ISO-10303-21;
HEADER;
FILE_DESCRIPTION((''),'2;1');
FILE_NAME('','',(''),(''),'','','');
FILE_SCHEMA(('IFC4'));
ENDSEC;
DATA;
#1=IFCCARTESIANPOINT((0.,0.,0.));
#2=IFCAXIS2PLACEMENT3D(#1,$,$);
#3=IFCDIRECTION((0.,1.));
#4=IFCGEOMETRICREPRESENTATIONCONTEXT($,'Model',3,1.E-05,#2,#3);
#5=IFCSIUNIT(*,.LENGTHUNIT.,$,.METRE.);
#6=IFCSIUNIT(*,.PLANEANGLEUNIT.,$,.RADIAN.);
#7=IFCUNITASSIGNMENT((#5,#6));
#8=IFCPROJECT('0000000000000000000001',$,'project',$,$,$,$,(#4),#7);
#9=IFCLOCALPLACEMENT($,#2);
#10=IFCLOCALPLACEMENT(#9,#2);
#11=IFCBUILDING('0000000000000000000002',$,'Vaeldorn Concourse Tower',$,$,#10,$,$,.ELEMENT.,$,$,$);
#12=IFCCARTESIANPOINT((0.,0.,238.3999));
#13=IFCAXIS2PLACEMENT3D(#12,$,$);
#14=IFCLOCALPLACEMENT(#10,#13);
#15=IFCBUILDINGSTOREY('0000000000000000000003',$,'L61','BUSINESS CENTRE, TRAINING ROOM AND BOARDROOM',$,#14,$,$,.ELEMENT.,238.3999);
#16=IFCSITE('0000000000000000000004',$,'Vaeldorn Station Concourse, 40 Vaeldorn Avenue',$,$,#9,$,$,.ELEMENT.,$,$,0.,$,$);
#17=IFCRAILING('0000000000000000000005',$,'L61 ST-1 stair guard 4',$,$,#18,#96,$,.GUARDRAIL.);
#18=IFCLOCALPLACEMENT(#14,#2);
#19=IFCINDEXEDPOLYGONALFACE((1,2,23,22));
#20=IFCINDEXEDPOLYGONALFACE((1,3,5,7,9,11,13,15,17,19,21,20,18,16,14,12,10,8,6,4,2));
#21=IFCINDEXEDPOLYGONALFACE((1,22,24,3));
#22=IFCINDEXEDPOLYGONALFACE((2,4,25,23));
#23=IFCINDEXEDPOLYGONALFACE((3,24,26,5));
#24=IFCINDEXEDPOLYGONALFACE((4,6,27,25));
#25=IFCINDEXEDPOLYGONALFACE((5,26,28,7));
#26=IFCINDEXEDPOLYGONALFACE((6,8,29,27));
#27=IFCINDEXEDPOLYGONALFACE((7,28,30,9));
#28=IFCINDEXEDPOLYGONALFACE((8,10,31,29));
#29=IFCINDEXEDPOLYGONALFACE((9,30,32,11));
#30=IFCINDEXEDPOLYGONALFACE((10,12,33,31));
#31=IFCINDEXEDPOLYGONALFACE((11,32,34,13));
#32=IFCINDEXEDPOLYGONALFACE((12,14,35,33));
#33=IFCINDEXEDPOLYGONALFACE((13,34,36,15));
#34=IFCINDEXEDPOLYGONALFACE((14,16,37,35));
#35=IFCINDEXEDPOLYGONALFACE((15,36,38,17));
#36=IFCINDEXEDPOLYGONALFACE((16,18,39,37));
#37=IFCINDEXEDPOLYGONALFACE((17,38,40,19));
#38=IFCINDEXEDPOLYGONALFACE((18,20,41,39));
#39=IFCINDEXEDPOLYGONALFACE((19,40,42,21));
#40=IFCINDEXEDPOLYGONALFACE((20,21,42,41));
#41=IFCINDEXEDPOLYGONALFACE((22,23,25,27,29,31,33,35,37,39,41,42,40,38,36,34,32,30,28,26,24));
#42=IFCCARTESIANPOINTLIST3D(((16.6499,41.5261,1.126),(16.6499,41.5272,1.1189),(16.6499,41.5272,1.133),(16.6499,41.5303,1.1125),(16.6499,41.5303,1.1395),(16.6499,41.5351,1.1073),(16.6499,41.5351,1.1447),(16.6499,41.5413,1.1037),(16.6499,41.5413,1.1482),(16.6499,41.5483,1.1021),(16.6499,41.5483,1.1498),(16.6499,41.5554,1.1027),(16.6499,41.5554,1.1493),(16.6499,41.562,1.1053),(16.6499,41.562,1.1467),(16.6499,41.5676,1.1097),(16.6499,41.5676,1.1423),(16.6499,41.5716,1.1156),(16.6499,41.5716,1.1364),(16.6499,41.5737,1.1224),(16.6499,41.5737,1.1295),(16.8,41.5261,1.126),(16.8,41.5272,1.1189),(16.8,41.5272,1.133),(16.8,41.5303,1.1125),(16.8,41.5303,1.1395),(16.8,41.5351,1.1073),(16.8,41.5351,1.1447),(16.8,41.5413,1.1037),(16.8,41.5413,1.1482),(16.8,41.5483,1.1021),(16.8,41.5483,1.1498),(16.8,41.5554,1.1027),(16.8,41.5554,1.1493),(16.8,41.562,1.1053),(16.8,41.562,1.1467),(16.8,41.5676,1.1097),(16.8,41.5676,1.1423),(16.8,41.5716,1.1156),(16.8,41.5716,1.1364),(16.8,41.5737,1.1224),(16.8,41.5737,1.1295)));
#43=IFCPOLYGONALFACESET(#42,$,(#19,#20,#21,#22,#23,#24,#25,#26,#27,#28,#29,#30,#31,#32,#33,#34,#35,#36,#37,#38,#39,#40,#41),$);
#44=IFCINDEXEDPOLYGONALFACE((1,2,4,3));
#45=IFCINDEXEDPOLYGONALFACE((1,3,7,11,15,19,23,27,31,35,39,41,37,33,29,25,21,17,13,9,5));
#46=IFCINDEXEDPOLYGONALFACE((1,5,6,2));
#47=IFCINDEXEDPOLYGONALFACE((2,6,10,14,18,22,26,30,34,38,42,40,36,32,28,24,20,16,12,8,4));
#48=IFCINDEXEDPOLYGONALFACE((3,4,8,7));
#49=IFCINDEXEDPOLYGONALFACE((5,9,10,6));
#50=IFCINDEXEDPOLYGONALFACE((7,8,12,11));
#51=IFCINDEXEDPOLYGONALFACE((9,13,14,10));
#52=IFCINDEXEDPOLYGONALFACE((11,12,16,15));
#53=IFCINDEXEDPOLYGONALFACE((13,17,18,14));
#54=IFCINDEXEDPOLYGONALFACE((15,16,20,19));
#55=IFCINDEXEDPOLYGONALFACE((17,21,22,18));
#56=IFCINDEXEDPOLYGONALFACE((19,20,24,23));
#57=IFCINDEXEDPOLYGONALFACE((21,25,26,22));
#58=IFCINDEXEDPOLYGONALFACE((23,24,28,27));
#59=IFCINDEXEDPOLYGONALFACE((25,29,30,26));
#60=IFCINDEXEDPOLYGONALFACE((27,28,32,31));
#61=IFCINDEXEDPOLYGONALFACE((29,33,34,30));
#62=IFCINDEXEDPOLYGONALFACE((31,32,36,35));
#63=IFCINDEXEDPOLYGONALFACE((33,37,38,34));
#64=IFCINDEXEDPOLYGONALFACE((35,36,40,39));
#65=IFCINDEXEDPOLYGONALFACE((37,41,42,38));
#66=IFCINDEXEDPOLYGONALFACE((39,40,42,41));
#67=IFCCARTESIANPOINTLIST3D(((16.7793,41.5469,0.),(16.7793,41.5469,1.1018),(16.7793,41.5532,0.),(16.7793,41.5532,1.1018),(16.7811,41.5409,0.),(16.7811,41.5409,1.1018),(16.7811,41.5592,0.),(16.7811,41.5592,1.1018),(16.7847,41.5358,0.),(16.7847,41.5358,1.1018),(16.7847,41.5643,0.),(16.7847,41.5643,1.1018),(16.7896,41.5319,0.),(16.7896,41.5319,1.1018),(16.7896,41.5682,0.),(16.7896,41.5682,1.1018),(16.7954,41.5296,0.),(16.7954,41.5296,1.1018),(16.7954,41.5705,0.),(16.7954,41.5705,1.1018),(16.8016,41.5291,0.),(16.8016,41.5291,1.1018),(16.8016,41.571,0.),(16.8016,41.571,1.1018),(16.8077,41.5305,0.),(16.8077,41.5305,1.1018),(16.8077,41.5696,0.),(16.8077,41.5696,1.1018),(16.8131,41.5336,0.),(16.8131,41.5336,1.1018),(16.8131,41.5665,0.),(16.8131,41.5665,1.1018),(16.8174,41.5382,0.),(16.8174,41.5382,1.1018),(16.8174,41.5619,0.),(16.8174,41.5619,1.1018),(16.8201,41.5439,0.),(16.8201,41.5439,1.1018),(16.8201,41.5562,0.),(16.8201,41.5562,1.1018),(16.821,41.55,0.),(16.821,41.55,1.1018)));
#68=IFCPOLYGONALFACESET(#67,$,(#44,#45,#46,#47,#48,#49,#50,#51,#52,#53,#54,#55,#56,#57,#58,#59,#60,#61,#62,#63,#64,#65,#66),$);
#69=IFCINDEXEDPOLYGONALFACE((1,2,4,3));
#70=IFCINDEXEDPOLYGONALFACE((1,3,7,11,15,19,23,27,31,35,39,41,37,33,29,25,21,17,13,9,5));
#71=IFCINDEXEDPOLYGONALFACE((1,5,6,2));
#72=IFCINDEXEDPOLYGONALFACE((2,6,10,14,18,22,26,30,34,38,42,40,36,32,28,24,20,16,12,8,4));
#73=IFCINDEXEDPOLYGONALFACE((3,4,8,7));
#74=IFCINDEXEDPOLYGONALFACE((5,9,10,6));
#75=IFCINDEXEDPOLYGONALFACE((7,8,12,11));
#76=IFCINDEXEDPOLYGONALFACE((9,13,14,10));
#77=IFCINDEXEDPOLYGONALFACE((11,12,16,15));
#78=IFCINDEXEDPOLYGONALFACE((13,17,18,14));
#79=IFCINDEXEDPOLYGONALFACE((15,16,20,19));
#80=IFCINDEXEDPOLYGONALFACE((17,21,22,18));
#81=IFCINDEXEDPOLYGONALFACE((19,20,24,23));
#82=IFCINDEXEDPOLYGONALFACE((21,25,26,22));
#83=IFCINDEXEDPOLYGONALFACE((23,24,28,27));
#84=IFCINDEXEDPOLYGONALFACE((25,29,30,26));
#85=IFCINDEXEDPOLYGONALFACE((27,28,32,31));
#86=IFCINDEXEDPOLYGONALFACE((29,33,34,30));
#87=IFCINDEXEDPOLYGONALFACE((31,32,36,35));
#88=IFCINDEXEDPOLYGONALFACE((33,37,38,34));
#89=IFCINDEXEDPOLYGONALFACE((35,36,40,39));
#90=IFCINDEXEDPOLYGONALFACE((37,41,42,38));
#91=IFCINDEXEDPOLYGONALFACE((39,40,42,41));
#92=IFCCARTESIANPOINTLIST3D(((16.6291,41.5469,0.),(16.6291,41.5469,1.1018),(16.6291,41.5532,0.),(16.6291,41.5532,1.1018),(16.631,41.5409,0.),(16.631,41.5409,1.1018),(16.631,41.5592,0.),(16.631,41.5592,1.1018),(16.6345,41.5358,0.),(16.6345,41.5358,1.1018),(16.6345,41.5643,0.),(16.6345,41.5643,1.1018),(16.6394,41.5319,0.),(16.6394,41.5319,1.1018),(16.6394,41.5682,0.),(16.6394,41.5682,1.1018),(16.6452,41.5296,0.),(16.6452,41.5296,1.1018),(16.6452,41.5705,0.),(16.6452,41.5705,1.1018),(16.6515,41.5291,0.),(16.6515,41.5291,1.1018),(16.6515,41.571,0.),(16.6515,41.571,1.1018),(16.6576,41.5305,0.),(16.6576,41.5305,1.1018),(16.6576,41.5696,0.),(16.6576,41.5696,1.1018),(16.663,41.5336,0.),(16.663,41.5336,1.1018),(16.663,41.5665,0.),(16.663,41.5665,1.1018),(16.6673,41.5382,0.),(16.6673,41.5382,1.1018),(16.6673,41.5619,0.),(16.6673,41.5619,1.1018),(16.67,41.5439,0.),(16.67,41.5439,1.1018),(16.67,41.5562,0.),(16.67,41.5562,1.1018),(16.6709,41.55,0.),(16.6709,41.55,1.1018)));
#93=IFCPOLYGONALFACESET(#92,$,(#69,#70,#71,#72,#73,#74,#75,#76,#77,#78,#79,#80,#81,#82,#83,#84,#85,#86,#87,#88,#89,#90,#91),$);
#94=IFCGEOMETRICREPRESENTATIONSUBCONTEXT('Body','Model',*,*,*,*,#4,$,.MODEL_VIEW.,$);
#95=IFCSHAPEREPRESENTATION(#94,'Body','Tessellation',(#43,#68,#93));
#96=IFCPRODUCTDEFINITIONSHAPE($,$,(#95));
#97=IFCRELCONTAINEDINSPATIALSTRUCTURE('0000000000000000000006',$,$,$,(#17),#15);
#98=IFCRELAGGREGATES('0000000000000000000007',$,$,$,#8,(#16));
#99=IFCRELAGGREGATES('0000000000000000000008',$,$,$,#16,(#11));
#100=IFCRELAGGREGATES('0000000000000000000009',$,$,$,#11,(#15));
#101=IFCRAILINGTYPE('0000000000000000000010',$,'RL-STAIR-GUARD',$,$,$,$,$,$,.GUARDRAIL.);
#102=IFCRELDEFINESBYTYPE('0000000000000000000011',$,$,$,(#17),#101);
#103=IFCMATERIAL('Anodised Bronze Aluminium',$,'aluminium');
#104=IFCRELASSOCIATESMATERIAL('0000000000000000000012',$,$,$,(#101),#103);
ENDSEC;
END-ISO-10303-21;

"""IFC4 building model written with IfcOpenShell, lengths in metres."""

from ifc_helpers import new_model, si_unit, direction, frame, origin, origin_2d, place, context, subcontext, project, spatial, circle, extrude, material, type_object, element, save


model = new_model("IFC4")

# Units and contexts
model_context = context("Model", 3, precision=1e-05, world=origin(), true_north=direction((0.0, 1.0)))
body_context = subcontext(model_context, "Body", "Model", "MODEL_VIEW")
ifc_project = project(units=[si_unit("LENGTHUNIT", "METRE"), si_unit("PLANEANGLEUNIT", "RADIAN")], contexts=[model_context])

# Site, building, storey
site_placement = place(None, origin())
site = spatial("IfcSite", under=ifc_project, at=site_placement, Name="Vaeldorn Station Concourse, 40 Vaeldorn Avenue", CompositionType="ELEMENT", RefElevation=0.0)
building_placement = place(site_placement, origin())
building = spatial("IfcBuilding", under=site, at=building_placement, Name="Vaeldorn Concourse Tower", CompositionType="ELEMENT")
storey_placement = place(building_placement, frame((0.0, 0.0, 238.3999)))
storey = spatial("IfcBuildingStorey", under=building, at=storey_placement, Name="L61", Description="BUSINESS CENTRE, TRAINING ROOM AND BOARDROOM", CompositionType="ELEMENT", Elevation=238.3999)

# Shared definitions
ifc_material_1 = material(Name="Anodised Bronze Aluminium", Category="aluminium")

# Railing
railing_type_1 = type_object("IfcRailingType", Name="RL-STAIR-GUARD", PredefinedType="GUARDRAIL", material=ifc_material_1)
railing_1_placement = place(storey_placement, frame((16.8, 41.55, 0.0)))
element("IfcRailing", 1, at=railing_1_placement, inside=storey, type_object=railing_type_1, Name="L61 ST-1 stair guard 4", PredefinedType="GUARDRAIL", context=body_context, shape_type="SweptSolid", body=[
    extrude(circle(Radius=0.0239, at=origin_2d()), frame((0.0, 0.0, 1.126), z_axis=(-1.0, 0.0, 0.0), x_axis=(0.0, -1.0, 0.0)), (0.0, 0.0, 1.0), 0.1501),
    extrude(circle(Radius=0.021, at=origin_2d()), origin(), (0.0, 0.0, 1.0), 1.1018),
    extrude(circle(Radius=0.021, at=origin_2d()), frame((-0.1501, 0.0, 0.0)), (0.0, 0.0, 1.0), 1.1018),
])

save(model, "model.ifc")
